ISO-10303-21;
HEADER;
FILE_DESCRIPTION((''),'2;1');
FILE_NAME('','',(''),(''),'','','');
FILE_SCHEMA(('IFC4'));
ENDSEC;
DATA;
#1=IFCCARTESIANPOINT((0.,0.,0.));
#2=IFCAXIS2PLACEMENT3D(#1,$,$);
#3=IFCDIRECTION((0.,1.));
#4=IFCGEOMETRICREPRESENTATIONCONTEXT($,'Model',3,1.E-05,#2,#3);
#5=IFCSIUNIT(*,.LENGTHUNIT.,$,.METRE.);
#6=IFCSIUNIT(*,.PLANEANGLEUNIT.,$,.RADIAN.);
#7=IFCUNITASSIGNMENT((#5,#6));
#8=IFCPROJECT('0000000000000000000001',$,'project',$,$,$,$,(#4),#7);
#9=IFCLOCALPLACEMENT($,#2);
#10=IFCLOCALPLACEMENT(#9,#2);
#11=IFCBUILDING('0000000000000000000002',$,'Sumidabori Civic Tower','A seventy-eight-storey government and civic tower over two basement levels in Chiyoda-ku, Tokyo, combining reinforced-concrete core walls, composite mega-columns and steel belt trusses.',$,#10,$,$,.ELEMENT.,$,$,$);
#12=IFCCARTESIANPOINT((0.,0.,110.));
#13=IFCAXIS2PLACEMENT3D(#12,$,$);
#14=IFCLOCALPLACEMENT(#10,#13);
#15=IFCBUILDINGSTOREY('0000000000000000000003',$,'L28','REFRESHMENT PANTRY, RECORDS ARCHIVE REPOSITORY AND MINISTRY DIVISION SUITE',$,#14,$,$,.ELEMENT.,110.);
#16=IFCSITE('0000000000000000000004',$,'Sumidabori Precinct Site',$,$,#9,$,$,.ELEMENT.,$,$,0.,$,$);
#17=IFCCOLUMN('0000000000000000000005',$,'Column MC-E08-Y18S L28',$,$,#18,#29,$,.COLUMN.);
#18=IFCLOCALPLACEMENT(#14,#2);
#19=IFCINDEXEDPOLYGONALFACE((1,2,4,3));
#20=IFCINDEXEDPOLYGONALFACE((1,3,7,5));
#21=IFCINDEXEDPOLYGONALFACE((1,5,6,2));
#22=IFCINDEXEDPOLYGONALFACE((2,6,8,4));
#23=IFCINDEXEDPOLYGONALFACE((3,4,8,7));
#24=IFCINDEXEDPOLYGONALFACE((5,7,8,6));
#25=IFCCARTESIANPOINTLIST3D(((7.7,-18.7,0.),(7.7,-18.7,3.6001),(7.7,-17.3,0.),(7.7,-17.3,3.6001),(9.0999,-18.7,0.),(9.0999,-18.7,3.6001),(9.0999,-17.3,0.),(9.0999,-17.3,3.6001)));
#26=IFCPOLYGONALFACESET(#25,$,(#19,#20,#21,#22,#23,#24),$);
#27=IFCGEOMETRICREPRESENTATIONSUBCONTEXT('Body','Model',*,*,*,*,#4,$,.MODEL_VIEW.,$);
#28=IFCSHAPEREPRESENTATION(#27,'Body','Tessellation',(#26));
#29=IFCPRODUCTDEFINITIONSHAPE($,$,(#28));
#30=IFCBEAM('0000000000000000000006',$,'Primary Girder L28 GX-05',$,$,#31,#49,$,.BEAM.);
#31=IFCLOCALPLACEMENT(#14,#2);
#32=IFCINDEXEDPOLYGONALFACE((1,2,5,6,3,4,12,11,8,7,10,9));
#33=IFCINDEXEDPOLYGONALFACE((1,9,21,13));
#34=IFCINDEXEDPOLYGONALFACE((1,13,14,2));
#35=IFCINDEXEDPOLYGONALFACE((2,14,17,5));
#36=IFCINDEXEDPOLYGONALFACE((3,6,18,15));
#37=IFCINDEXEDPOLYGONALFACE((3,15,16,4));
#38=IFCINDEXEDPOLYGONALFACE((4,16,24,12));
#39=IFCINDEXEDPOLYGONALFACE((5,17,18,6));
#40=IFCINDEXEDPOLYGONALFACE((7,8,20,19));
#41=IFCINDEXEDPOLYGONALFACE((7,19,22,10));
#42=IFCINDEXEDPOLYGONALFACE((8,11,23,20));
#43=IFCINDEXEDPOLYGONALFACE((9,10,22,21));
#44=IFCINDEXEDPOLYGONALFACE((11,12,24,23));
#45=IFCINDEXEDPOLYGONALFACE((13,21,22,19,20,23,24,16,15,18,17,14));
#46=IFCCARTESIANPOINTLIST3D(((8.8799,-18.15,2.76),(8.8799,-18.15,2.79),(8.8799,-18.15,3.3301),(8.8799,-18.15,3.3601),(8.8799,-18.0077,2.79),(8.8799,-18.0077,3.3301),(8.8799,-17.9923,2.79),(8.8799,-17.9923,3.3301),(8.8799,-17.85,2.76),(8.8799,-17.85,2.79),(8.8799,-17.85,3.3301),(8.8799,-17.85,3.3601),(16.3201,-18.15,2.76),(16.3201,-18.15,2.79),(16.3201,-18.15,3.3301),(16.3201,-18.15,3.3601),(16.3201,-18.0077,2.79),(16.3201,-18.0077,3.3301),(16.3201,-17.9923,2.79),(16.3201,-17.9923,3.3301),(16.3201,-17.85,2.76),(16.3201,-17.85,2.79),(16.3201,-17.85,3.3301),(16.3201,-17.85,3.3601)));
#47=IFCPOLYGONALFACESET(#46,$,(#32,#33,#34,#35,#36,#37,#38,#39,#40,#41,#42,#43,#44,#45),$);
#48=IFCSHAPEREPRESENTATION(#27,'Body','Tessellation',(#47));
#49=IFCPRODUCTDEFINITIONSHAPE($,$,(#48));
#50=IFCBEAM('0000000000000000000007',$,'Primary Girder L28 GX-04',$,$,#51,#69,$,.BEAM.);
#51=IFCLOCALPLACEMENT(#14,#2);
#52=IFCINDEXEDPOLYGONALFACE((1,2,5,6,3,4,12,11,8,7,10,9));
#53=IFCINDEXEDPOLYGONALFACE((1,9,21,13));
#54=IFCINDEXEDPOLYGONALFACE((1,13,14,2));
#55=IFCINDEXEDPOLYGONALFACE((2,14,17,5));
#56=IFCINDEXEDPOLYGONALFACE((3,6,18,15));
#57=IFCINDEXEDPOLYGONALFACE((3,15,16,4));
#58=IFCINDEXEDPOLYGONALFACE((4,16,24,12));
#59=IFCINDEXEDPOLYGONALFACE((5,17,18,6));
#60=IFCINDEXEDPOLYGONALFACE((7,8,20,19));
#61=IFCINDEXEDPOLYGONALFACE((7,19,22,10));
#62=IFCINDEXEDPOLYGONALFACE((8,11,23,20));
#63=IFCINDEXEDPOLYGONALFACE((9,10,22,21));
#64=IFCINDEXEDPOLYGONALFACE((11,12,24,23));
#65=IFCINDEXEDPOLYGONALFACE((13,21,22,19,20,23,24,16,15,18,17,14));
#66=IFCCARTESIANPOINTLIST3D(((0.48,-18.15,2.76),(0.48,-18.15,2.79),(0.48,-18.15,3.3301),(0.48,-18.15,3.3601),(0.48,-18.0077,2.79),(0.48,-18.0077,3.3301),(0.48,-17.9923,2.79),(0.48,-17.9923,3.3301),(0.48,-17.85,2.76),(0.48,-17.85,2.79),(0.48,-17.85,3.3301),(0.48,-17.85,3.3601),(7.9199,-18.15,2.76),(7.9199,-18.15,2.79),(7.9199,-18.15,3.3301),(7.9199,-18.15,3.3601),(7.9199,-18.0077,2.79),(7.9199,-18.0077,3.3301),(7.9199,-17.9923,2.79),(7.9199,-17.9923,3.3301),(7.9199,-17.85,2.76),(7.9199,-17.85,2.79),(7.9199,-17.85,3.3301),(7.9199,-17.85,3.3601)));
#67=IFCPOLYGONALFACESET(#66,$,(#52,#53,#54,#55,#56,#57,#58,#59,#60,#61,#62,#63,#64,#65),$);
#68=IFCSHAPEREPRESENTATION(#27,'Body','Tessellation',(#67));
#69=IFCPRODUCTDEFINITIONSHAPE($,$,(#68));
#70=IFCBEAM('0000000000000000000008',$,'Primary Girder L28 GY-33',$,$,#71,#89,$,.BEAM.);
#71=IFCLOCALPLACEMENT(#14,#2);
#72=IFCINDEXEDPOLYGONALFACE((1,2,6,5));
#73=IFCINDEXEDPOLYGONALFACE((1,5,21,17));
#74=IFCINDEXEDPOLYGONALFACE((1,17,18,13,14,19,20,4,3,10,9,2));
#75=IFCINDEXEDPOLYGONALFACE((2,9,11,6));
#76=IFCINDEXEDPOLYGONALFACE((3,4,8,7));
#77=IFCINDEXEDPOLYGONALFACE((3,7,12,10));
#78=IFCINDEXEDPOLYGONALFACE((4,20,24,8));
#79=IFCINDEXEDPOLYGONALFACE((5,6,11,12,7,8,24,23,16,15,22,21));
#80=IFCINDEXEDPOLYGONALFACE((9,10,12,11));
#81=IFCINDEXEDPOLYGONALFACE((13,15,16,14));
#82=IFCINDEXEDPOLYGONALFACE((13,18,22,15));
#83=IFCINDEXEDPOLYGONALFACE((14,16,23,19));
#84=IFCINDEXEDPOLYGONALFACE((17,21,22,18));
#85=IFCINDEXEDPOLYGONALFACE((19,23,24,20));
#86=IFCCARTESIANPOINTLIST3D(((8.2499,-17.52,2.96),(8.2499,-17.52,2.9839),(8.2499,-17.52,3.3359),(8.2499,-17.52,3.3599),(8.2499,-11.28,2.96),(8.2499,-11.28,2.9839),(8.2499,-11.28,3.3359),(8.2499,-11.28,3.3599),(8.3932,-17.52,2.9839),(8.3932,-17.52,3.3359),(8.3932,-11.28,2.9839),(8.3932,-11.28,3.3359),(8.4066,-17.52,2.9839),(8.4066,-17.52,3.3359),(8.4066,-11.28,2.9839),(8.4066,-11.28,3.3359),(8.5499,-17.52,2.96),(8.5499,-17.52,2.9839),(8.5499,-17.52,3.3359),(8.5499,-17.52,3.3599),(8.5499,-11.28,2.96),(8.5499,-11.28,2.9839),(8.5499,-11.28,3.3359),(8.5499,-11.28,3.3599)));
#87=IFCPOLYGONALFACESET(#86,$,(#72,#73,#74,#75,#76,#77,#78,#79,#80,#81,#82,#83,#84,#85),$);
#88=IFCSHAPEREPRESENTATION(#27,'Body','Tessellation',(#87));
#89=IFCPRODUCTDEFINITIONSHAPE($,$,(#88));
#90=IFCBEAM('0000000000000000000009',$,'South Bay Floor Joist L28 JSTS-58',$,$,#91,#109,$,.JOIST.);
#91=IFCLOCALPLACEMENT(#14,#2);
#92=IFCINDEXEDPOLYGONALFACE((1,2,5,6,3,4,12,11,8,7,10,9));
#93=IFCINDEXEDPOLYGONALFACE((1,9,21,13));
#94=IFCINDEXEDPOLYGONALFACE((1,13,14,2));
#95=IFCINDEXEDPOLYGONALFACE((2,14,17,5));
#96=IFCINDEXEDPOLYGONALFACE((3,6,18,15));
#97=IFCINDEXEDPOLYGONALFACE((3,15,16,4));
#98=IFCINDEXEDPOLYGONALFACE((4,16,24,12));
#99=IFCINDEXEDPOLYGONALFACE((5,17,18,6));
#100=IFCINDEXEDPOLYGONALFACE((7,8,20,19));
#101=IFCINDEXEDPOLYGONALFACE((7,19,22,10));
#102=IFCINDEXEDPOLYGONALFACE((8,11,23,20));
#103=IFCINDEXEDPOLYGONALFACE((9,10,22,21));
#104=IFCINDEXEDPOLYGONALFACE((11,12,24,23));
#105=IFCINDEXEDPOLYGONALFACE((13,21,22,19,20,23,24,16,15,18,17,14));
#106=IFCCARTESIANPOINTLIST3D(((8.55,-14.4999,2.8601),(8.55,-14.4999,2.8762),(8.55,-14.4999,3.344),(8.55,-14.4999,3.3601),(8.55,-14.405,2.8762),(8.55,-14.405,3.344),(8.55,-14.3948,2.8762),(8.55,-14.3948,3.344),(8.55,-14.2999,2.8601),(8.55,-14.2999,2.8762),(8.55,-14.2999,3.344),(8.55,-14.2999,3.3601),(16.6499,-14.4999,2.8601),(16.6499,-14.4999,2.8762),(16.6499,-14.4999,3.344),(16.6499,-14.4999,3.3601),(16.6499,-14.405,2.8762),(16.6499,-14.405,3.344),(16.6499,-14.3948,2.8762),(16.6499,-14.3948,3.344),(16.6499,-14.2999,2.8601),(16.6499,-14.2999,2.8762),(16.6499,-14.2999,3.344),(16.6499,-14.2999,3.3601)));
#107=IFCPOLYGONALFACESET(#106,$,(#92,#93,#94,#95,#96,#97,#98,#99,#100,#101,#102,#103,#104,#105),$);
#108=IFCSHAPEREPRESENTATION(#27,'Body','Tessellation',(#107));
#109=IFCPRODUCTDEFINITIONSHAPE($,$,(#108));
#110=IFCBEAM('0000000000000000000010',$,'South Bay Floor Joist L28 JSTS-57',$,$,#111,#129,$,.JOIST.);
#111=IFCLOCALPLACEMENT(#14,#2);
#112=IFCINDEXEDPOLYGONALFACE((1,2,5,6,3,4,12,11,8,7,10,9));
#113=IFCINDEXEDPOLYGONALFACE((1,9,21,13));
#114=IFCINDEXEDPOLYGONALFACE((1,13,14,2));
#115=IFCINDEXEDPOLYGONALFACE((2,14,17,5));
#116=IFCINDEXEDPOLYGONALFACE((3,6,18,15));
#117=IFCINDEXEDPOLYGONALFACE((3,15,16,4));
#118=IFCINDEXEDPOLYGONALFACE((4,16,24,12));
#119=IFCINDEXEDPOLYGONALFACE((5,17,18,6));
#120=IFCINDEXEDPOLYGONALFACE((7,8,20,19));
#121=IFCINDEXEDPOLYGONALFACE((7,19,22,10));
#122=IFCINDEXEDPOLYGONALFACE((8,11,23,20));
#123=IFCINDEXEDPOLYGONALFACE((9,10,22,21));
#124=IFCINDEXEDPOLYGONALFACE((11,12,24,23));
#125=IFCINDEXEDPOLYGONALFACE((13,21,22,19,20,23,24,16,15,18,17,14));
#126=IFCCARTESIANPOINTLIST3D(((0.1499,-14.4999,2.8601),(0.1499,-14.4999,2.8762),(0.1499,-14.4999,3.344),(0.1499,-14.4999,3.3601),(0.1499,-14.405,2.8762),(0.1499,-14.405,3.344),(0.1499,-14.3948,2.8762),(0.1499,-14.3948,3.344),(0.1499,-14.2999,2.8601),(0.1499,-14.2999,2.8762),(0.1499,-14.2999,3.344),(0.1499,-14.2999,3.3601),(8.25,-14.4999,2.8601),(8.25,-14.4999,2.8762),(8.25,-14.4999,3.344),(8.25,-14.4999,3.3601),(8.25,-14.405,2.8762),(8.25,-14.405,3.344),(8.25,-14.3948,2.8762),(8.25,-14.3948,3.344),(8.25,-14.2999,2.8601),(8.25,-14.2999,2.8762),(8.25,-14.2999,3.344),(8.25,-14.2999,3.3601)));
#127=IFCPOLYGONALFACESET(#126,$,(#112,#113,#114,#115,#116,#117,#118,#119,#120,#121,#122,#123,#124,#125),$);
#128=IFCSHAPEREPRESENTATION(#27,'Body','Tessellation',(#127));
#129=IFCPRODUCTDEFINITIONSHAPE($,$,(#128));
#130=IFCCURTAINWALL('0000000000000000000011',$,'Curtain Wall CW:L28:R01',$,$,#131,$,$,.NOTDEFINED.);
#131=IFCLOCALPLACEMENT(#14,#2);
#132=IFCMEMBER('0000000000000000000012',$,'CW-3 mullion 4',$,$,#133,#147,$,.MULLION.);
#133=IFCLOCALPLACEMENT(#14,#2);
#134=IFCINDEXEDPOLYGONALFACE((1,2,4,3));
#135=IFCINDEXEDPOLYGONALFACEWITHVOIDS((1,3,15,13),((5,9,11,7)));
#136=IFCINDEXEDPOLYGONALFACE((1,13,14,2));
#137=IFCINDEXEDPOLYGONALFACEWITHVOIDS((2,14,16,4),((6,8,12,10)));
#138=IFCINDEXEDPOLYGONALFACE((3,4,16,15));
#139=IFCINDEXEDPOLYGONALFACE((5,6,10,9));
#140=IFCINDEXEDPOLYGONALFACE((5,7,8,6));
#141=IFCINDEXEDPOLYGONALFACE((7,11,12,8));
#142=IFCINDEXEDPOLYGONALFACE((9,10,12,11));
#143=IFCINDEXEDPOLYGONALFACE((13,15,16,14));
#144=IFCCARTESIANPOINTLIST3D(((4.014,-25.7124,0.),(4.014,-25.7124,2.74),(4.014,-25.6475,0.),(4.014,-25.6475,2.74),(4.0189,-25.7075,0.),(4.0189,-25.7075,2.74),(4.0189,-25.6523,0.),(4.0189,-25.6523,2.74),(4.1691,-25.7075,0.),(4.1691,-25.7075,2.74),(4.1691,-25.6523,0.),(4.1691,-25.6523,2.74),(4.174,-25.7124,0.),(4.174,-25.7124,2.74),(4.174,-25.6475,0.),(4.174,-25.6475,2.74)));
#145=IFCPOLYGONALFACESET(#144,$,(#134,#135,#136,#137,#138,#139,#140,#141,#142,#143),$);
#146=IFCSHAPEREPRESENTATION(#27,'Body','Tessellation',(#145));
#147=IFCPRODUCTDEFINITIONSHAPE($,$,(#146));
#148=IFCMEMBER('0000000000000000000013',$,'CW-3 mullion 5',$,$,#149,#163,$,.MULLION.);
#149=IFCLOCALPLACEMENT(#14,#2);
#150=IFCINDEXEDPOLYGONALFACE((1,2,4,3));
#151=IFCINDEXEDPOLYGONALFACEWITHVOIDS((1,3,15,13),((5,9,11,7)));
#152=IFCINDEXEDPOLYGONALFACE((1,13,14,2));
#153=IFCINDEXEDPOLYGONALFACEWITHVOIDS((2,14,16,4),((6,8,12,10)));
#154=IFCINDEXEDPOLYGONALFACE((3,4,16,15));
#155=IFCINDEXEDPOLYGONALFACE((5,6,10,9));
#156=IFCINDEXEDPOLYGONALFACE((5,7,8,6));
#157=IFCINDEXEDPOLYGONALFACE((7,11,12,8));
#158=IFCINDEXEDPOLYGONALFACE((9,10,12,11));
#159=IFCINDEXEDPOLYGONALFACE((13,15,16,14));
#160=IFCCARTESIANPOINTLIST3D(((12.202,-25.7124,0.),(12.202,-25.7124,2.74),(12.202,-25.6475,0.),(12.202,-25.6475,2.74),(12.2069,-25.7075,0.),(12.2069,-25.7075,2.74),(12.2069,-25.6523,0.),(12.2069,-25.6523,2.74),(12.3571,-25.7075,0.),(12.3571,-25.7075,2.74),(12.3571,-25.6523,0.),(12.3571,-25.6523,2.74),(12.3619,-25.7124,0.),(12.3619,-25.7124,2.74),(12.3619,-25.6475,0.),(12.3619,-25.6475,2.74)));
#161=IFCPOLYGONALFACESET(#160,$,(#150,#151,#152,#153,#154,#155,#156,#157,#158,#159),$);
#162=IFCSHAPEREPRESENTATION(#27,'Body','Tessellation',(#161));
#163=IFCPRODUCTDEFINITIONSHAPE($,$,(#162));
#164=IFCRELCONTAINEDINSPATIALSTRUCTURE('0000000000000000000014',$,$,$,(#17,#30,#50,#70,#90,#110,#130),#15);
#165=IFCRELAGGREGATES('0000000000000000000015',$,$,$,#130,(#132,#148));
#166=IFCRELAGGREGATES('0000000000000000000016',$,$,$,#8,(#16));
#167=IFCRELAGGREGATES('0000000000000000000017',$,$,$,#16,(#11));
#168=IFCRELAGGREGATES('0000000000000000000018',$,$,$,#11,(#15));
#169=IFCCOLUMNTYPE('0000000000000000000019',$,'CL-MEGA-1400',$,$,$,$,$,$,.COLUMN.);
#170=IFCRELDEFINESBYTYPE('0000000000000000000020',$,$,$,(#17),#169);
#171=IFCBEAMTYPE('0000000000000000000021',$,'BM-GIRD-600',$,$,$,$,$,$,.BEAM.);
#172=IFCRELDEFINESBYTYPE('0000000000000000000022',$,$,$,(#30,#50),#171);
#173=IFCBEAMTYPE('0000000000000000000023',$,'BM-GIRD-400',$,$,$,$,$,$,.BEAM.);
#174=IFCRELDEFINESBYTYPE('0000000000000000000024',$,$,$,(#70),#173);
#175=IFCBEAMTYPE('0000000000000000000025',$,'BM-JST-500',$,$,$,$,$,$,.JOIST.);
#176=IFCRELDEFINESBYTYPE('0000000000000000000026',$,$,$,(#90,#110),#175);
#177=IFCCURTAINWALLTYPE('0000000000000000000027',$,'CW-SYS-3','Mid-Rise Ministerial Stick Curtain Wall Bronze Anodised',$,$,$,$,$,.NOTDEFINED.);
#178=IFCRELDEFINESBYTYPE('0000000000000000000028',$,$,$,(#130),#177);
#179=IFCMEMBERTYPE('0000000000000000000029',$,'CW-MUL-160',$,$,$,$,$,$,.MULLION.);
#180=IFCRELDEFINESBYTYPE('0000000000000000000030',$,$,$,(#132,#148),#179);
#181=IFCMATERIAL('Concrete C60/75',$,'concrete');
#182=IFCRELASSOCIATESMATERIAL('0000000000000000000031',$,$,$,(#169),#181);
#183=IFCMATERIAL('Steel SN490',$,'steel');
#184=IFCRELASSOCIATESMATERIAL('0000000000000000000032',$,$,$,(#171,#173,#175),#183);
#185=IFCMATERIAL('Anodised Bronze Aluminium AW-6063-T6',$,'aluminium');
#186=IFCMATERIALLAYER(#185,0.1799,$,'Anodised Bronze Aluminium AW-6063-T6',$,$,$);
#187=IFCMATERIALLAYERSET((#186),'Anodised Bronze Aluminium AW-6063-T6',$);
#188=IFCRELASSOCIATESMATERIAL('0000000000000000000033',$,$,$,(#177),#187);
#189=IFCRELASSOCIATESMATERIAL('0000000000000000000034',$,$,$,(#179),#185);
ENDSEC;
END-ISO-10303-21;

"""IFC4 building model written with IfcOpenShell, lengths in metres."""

from ifc_helpers import new_model, si_unit, direction, frame, origin, origin_2d, place, context, subcontext, project, spatial, rectangle, hollow_rectangle, i_section, extrude, source, transform, mapped, material, layer, layer_set, material_profile, profile_set, type_object, element, aggregate, save


model = new_model("IFC4")

# Units and contexts
model_context = context("Model", 3, precision=1e-05, world=origin(), true_north=direction((0.0, 1.0)))
body_context = subcontext(model_context, "Body", "Model", "MODEL_VIEW")
ifc_project = project(units=[si_unit("LENGTHUNIT", "METRE"), si_unit("PLANEANGLEUNIT", "RADIAN")], contexts=[model_context])

# Site, building, storey
site_placement = place(None, origin())
site = spatial("IfcSite", under=ifc_project, at=site_placement, Name="Sumidabori Precinct Site", CompositionType="ELEMENT", RefElevation=0.0)
building_placement = place(site_placement, origin())
building = spatial("IfcBuilding", under=site, at=building_placement, Name="Sumidabori Civic Tower", Description="A seventy-eight-storey government and civic tower over two basement levels in Chiyoda-ku, Tokyo, combining reinforced-concrete core walls, composite mega-columns and steel belt trusses.", CompositionType="ELEMENT")
storey_placement = place(building_placement, frame((0.0, 0.0, 110.0)))
storey = spatial("IfcBuildingStorey", under=building, at=storey_placement, Name="L28", Description="REFRESHMENT PANTRY, RECORDS ARCHIVE REPOSITORY AND MINISTRY DIVISION SUITE", CompositionType="ELEMENT", Elevation=110.0)

# Column
ifc_material_1 = material(Name="Concrete C60/75", Category="concrete")
ifc_material_profile_1 = material_profile(ifc_material_1, rectangle(XDim=1.3999, YDim=1.3999, at=origin_2d()), Name="RC 1400x1400")
ifc_profile_set_1 = profile_set([ifc_material_profile_1], Name="Concrete C60/75")
column_type = type_object("IfcColumnType", Name="CL-MEGA-1400", PredefinedType="COLUMN", material=ifc_profile_set_1)
shared_shape_1 = source(origin(), body_context, "Body", "SweptSolid", [
    extrude(rectangle(XDim=1.3999, YDim=1.3999, at=origin_2d()), origin(), (0.0, 0.0, 1.0), 3.6001),
])
column_placement = place(storey_placement, frame((8.3999, -18.0, 0.0), z_axis=(0.0, 0.0, 1.0), x_axis=(1.0, 0.0, 0.0)))
element("IfcColumn", 1, at=column_placement, inside=storey, type_object=column_type, Name="Column MC-E08-Y18S L28", PredefinedType="COLUMN", context=body_context, shape_type="MappedRepresentation", body=[
    mapped(shared_shape_1, transform((0.0, 0.0, 0.0), x_axis=(1.0, 0.0, 0.0), y_axis=(0.0, 1.0, 0.0), z_axis=(0.0, 0.0, 1.0), scale=1.0)),
])

# Beams
ifc_material_2 = material(Name="Steel SN490", Category="steel")
ifc_material_profile_2 = material_profile(ifc_material_2, i_section(OverallWidth=0.3, OverallDepth=0.6001, WebThickness=0.0154, FlangeThickness=0.03, at=origin_2d()), Name="HE 600 B")
ifc_profile_set_2 = profile_set([ifc_material_profile_2], Name="Steel SN490")
beam_type_1 = type_object("IfcBeamType", Name="BM-GIRD-600", PredefinedType="BEAM", material=ifc_profile_set_2)
shared_shape_2 = source(origin(), body_context, "Body", "SweptSolid", [
    extrude(i_section(OverallWidth=0.3, OverallDepth=0.6001, WebThickness=0.0154, FlangeThickness=0.03, at=origin_2d()), origin(), (0.0, 0.0, 1.0), 7.4402),
])
beam_1_placement = place(storey_placement, frame((8.8799, -18.0, 3.0601), z_axis=(1.0, 0.0, 0.0), x_axis=(0.0, 1.0, 0.0)))
element("IfcBeam", 2, at=beam_1_placement, inside=storey, type_object=beam_type_1, Name="Primary Girder L28 GX-05", PredefinedType="BEAM", context=body_context, shape_type="MappedRepresentation", body=[
    mapped(shared_shape_2, transform((0.0, 0.0, 0.0), x_axis=(1.0, 0.0, 0.0), y_axis=(0.0, 1.0, 0.0), z_axis=(0.0, 0.0, 1.0), scale=1.0)),
])
shared_shape_3 = source(origin(), body_context, "Body", "SweptSolid", [
    extrude(i_section(OverallWidth=0.3, OverallDepth=0.6001, WebThickness=0.0154, FlangeThickness=0.03, at=origin_2d()), origin(), (0.0, 0.0, 1.0), 7.4399),
])
beam_2_placement = place(storey_placement, frame((0.48, -18.0, 3.0601), z_axis=(1.0, 0.0, 0.0), x_axis=(0.0, 1.0, 0.0)))
element("IfcBeam", 3, at=beam_2_placement, inside=storey, type_object=beam_type_1, Name="Primary Girder L28 GX-04", PredefinedType="BEAM", context=body_context, shape_type="MappedRepresentation", body=[
    mapped(shared_shape_3, transform((0.0, 0.0, 0.0), x_axis=(1.0, 0.0, 0.0), y_axis=(0.0, 1.0, 0.0), z_axis=(0.0, 0.0, 1.0), scale=1.0)),
])
ifc_material_profile_3 = material_profile(ifc_material_2, i_section(OverallWidth=0.3, OverallDepth=0.3999, WebThickness=0.0134, FlangeThickness=0.0239, at=origin_2d()), Name="HE 400 B")
ifc_profile_set_3 = profile_set([ifc_material_profile_3], Name="Steel SN490")
beam_type_2 = type_object("IfcBeamType", Name="BM-GIRD-400", PredefinedType="BEAM", material=ifc_profile_set_3)
shared_shape_4 = source(origin(), body_context, "Body", "SweptSolid", [
    extrude(i_section(OverallWidth=0.3, OverallDepth=0.3999, WebThickness=0.0134, FlangeThickness=0.0239, at=origin_2d()), origin(), (0.0, 0.0, 1.0), 6.24),
])
beam_3_placement = place(storey_placement, frame((8.3999, -17.52, 3.1599), z_axis=(0.0, 1.0, 0.0), x_axis=(-1.0, 0.0, 0.0)))
element("IfcBeam", 4, at=beam_3_placement, inside=storey, type_object=beam_type_2, Name="Primary Girder L28 GY-33", PredefinedType="BEAM", context=body_context, shape_type="MappedRepresentation", body=[
    mapped(shared_shape_4, transform((0.0, 0.0, 0.0), x_axis=(1.0, 0.0, 0.0), y_axis=(0.0, 1.0, 0.0), z_axis=(0.0, 0.0, 1.0), scale=1.0)),
])
ifc_material_profile_4 = material_profile(ifc_material_2, i_section(OverallWidth=0.2, OverallDepth=0.5, WebThickness=0.0103, FlangeThickness=0.0161, at=origin_2d()), Name="IPE 500")
ifc_profile_set_4 = profile_set([ifc_material_profile_4], Name="Steel SN490")
beam_type_3 = type_object("IfcBeamType", Name="BM-JST-500", PredefinedType="JOIST", material=ifc_profile_set_4)
shared_shape_5 = source(origin(), body_context, "Body", "SweptSolid", [
    extrude(i_section(OverallWidth=0.2, OverallDepth=0.5, WebThickness=0.0103, FlangeThickness=0.0161, at=origin_2d()), origin(), (0.0, 0.0, 1.0), 8.0999),
])
beam_4_placement = place(storey_placement, frame((8.55, -14.3999, 3.1101), z_axis=(1.0, 0.0, 0.0), x_axis=(0.0, 1.0, 0.0)))
element("IfcBeam", 5, at=beam_4_placement, inside=storey, type_object=beam_type_3, Name="South Bay Floor Joist L28 JSTS-58", PredefinedType="JOIST", context=body_context, shape_type="MappedRepresentation", body=[
    mapped(shared_shape_5, transform((0.0, 0.0, 0.0), x_axis=(1.0, 0.0, 0.0), y_axis=(0.0, 1.0, 0.0), z_axis=(0.0, 0.0, 1.0), scale=1.0)),
])
shared_shape_6 = source(origin(), body_context, "Body", "SweptSolid", [
    extrude(i_section(OverallWidth=0.2, OverallDepth=0.5, WebThickness=0.0103, FlangeThickness=0.0161, at=origin_2d()), origin(), (0.0, 0.0, 1.0), 8.1001),
])
beam_5_placement = place(storey_placement, frame((0.1499, -14.3999, 3.1101), z_axis=(1.0, 0.0, 0.0), x_axis=(0.0, 1.0, 0.0)))
element("IfcBeam", 6, at=beam_5_placement, inside=storey, type_object=beam_type_3, Name="South Bay Floor Joist L28 JSTS-57", PredefinedType="JOIST", context=body_context, shape_type="MappedRepresentation", body=[
    mapped(shared_shape_6, transform((0.0, 0.0, 0.0), x_axis=(1.0, 0.0, 0.0), y_axis=(0.0, 1.0, 0.0), z_axis=(0.0, 0.0, 1.0), scale=1.0)),
])

# Curtain wall, members
ifc_material_3 = material(Name="Anodised Bronze Aluminium AW-6063-T6", Category="aluminium")
ifc_layer_1 = layer(ifc_material_3, 0.1799, Name="Anodised Bronze Aluminium AW-6063-T6")
ifc_layer_set_1 = layer_set([ifc_layer_1], Name="Anodised Bronze Aluminium AW-6063-T6")
curtain_wall_type = type_object("IfcCurtainWallType", Name="CW-SYS-3", Description="Mid-Rise Ministerial Stick Curtain Wall Bronze Anodised", PredefinedType="NOTDEFINED", material=ifc_layer_set_1)
curtain_wall_placement = place(storey_placement, origin())
curtain_wall = element("IfcCurtainWall", 7, at=curtain_wall_placement, inside=storey, type_object=curtain_wall_type, Name="Curtain Wall CW:L28:R01", PredefinedType="NOTDEFINED")
ifc_material_profile_5 = material_profile(ifc_material_3, hollow_rectangle(XDim=0.0649, YDim=0.1599, WallThickness=0.0049, at=origin_2d()), Name="ALU MULLION 160x65")
ifc_profile_set_5 = profile_set([ifc_material_profile_5], Name="Anodised Bronze Aluminium AW-6063-T6")
member_type_1 = type_object("IfcMemberType", Name="CW-MUL-160", PredefinedType="MULLION", material=ifc_profile_set_5)
shared_shape_7 = source(origin(), body_context, "Body", "SweptSolid", [
    extrude(hollow_rectangle(XDim=0.0649, YDim=0.1599, WallThickness=0.0049, at=origin_2d()), origin(), (0.0, 0.0, 1.0), 2.74),
])
member_1_placement = place(storey_placement, frame((4.094, -25.6799, 0.0), z_axis=(0.0, 0.0, 1.0), x_axis=(0.0, 1.0, 0.0)))
member_1 = element("IfcMember", 8, at=member_1_placement, type_object=member_type_1, Name="CW-3 mullion 4", PredefinedType="MULLION", context=body_context, shape_type="MappedRepresentation", body=[
    mapped(shared_shape_7, transform((0.0, 0.0, 0.0), x_axis=(1.0, 0.0, 0.0), y_axis=(0.0, 1.0, 0.0), z_axis=(0.0, 0.0, 1.0), scale=1.0)),
])
member_2_placement = place(storey_placement, frame((12.282, -25.6799, 0.0), z_axis=(0.0, 0.0, 1.0), x_axis=(0.0, 1.0, 0.0)))
member_2 = element("IfcMember", 9, at=member_2_placement, type_object=member_type_1, Name="CW-3 mullion 5", PredefinedType="MULLION", context=body_context, shape_type="MappedRepresentation", body=[
    mapped(shared_shape_7, transform((0.0, 0.0, 0.0), x_axis=(1.0, 0.0, 0.0), y_axis=(0.0, 1.0, 0.0), z_axis=(0.0, 0.0, 1.0), scale=1.0)),
])
aggregate(curtain_wall, [member_1, member_2])

save(model, "model.ifc")
